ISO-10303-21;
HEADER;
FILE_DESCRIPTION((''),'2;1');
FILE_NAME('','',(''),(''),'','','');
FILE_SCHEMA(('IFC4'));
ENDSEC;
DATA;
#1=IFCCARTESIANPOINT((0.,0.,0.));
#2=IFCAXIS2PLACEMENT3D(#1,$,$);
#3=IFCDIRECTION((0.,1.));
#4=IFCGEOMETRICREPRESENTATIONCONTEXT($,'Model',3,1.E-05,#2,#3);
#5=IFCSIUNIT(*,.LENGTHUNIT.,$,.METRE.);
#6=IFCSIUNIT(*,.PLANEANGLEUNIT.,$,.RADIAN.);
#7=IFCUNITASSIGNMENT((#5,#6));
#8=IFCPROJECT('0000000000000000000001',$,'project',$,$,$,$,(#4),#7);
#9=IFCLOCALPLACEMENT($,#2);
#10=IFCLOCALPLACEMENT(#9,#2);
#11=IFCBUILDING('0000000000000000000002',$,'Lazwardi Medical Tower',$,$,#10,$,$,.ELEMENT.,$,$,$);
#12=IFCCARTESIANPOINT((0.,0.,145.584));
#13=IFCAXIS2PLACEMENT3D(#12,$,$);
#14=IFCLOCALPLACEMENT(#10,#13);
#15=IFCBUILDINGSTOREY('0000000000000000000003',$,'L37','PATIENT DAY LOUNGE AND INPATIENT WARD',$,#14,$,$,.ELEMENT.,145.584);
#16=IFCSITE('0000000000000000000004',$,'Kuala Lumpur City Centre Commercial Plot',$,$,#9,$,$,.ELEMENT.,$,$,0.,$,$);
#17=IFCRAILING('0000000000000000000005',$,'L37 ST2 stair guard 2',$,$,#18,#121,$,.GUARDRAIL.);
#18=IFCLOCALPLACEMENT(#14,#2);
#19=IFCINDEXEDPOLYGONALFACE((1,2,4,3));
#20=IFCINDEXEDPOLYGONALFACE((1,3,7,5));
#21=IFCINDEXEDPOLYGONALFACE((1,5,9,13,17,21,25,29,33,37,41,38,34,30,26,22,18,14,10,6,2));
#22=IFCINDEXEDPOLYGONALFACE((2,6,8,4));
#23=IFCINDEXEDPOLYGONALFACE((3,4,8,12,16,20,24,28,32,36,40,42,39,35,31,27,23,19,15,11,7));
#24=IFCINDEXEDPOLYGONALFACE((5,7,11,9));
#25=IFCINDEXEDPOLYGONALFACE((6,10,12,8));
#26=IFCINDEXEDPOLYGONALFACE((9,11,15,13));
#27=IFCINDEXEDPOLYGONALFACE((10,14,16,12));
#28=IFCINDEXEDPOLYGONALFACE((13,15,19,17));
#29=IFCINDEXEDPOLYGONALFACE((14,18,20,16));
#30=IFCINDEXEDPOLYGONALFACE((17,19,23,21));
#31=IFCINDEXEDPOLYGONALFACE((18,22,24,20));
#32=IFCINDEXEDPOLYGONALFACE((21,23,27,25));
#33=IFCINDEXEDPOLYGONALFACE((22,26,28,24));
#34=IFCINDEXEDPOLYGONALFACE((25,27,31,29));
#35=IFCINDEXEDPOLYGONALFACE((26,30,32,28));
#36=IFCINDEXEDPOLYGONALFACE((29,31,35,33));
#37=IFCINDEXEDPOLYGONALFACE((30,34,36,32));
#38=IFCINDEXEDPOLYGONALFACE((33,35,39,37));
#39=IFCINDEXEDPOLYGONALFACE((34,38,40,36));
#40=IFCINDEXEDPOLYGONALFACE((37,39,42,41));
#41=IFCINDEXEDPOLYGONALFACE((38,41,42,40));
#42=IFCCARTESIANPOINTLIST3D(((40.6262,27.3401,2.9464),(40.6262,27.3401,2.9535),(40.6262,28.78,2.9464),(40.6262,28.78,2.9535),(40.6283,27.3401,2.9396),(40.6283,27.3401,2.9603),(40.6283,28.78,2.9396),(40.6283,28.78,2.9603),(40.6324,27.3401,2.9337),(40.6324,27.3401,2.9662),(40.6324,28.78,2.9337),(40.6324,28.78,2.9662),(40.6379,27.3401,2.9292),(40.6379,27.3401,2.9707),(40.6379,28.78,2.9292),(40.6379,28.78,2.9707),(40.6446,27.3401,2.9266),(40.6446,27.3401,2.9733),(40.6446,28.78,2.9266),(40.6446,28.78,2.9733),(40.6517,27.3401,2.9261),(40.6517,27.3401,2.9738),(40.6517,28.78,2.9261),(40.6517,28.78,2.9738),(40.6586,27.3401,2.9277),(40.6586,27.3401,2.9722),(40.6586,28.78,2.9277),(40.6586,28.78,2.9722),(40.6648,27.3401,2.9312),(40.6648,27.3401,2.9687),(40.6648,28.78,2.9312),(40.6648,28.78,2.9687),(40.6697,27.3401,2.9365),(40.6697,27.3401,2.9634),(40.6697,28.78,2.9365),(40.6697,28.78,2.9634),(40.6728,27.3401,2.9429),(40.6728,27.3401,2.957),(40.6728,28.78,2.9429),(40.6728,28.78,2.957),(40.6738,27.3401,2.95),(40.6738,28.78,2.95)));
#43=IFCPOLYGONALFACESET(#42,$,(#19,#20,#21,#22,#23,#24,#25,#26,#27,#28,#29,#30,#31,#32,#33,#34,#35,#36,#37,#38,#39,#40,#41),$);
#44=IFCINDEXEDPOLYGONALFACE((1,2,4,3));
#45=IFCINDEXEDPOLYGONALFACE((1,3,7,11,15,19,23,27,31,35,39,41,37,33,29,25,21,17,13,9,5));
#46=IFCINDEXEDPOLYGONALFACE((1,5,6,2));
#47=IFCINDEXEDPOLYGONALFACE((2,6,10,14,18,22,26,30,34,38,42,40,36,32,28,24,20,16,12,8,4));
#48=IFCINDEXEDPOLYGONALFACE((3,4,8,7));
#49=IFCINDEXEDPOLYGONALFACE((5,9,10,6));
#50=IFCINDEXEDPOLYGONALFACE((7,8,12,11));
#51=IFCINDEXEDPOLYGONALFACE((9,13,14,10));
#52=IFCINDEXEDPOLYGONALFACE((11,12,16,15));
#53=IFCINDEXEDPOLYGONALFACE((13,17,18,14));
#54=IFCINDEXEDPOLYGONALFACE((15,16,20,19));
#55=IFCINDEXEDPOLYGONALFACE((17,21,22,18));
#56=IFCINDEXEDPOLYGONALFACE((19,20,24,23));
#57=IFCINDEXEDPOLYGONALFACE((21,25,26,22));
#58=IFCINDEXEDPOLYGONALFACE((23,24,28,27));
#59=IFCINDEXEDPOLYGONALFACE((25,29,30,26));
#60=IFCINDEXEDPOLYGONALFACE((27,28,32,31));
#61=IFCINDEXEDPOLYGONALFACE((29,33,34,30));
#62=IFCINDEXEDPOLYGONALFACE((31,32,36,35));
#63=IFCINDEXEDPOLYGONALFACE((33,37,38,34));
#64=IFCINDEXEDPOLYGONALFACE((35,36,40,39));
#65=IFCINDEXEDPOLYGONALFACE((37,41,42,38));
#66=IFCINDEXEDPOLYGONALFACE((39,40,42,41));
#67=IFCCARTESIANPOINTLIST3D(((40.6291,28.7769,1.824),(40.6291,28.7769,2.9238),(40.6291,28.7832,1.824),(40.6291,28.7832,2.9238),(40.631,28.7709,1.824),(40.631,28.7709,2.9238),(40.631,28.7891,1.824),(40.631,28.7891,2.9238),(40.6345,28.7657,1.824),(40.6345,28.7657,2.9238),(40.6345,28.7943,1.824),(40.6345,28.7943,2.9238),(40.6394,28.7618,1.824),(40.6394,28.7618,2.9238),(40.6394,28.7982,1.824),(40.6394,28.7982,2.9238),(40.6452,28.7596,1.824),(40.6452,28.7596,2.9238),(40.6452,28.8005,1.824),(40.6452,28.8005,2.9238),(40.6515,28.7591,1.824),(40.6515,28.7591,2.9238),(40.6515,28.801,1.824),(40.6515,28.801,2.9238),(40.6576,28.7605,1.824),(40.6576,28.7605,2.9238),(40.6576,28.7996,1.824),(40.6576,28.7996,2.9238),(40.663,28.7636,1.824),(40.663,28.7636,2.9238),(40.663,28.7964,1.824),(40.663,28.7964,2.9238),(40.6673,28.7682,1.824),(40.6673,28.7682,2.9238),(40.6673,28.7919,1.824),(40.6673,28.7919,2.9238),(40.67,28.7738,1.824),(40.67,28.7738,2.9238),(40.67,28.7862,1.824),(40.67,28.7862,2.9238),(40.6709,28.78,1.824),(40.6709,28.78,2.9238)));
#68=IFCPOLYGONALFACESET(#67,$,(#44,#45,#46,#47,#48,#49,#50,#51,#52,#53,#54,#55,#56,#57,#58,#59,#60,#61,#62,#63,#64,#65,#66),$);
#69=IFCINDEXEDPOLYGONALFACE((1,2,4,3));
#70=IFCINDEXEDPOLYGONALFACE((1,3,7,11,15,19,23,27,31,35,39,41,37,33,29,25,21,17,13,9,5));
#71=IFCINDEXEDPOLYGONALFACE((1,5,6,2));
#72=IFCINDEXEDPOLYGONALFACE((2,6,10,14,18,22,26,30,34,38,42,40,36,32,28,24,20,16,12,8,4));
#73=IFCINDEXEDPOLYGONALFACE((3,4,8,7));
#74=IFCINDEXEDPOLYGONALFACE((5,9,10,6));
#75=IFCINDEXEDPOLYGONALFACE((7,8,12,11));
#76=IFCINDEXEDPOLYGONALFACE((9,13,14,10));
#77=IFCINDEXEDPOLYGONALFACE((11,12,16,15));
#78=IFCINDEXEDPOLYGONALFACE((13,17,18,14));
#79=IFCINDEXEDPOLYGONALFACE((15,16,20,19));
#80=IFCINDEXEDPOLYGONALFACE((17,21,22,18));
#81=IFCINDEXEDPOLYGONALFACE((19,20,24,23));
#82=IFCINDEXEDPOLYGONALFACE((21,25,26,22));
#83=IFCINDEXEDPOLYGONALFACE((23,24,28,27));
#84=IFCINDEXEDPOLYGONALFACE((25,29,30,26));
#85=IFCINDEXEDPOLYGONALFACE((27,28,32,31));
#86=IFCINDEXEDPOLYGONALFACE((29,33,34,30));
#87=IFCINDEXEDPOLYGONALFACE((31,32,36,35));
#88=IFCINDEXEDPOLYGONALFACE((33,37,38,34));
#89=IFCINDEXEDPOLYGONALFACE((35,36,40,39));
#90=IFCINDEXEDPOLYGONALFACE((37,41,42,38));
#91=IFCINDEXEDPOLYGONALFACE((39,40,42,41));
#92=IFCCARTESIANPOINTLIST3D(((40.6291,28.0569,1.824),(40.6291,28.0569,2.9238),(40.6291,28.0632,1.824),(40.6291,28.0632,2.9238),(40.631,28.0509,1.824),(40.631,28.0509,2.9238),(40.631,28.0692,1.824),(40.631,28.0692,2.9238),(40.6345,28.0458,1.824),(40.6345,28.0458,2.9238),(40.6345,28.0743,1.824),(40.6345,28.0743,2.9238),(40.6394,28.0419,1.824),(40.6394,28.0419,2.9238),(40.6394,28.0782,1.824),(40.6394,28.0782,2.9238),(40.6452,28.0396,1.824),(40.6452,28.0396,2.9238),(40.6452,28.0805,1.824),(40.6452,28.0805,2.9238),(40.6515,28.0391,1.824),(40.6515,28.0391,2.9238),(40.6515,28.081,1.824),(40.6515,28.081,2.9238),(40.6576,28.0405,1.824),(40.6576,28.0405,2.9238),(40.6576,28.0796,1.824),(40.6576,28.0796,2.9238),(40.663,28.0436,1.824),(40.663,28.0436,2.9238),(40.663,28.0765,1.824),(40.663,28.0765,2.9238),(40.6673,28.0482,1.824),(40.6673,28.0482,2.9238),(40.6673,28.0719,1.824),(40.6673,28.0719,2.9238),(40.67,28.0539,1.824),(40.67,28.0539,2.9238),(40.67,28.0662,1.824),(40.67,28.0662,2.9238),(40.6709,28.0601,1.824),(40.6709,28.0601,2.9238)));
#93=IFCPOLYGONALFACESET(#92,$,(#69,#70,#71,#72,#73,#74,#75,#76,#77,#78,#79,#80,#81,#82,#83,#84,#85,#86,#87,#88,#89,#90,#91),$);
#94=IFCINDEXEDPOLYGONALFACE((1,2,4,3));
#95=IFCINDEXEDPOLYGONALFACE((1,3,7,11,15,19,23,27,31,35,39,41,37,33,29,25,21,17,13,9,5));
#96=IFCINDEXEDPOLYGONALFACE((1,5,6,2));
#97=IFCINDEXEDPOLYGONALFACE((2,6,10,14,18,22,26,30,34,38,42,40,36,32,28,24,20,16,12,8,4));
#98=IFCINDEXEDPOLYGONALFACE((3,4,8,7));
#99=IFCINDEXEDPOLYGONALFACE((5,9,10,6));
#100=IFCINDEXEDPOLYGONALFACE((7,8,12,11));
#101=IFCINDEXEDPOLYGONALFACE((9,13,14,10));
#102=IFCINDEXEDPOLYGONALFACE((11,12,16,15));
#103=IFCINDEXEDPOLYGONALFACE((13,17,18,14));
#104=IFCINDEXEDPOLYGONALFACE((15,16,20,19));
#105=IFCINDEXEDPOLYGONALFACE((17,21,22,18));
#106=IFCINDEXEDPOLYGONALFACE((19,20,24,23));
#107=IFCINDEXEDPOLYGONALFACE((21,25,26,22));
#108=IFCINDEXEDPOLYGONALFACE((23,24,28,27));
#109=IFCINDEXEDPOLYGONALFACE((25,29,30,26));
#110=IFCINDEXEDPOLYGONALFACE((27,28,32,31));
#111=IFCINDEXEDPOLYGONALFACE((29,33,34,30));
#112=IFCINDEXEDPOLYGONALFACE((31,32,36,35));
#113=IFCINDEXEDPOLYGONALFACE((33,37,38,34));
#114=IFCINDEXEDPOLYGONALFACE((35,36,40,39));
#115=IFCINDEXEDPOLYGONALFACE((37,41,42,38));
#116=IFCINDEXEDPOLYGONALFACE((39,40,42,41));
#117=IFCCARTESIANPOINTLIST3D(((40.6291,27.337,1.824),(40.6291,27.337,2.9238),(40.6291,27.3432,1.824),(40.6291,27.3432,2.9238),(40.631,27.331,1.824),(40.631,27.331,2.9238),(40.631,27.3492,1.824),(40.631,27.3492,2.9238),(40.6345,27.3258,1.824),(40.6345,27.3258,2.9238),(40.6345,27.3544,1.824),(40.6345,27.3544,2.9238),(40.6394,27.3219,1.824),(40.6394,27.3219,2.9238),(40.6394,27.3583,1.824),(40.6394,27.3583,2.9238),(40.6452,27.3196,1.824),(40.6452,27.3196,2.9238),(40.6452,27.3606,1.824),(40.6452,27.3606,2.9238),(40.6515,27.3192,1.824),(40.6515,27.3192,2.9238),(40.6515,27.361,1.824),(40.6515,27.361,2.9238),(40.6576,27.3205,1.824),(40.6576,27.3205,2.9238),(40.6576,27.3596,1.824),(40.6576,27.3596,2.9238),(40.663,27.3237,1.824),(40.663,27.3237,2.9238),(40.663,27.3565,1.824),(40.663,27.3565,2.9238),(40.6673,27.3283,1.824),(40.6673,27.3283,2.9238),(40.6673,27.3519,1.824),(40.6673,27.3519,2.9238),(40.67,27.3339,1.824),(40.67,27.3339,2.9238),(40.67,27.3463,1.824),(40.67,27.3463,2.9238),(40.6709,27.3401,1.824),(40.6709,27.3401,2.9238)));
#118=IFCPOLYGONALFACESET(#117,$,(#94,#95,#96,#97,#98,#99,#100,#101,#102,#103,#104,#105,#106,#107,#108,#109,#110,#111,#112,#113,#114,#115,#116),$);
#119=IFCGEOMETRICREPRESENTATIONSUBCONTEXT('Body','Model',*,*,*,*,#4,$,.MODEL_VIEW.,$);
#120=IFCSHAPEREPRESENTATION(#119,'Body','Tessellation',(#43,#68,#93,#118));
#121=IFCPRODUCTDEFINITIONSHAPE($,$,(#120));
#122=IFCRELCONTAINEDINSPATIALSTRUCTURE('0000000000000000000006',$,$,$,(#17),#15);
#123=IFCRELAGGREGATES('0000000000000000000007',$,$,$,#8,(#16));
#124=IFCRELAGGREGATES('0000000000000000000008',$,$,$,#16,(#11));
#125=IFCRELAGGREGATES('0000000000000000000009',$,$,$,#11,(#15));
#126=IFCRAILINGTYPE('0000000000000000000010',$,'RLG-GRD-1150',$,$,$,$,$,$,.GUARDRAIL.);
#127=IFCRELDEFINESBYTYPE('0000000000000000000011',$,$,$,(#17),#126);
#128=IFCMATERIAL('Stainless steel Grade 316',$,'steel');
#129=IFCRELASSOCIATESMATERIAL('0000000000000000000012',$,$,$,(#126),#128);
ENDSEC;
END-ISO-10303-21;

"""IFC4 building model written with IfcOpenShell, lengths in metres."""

from ifc_helpers import new_model, si_unit, direction, frame, origin, origin_2d, place, context, subcontext, project, spatial, circle, extrude, material, type_object, element, save


model = new_model("IFC4")

# Units and contexts
model_context = context("Model", 3, precision=1e-05, world=origin(), true_north=direction((0.0, 1.0)))
body_context = subcontext(model_context, "Body", "Model", "MODEL_VIEW")
ifc_project = project(units=[si_unit("LENGTHUNIT", "METRE"), si_unit("PLANEANGLEUNIT", "RADIAN")], contexts=[model_context])

# Site, building, storey
site_placement = place(None, origin())
site = spatial("IfcSite", under=ifc_project, at=site_placement, Name="Kuala Lumpur City Centre Commercial Plot", CompositionType="ELEMENT", RefElevation=0.0)
building_placement = place(site_placement, origin())
building = spatial("IfcBuilding", under=site, at=building_placement, Name="Lazwardi Medical Tower", CompositionType="ELEMENT")
storey_placement = place(building_placement, frame((0.0, 0.0, 145.584)))
storey = spatial("IfcBuildingStorey", under=building, at=storey_placement, Name="L37", Description="PATIENT DAY LOUNGE AND INPATIENT WARD", CompositionType="ELEMENT", Elevation=145.584)

# Railing
ifc_material_1 = material(Name="Stainless steel Grade 316", Category="steel")
railing_type_1 = type_object("IfcRailingType", Name="RLG-GRD-1150", PredefinedType="GUARDRAIL", material=ifc_material_1)
railing_1_placement = place(storey_placement, frame((40.6499, 28.78, 1.824)))
element("IfcRailing", 1, at=railing_1_placement, inside=storey, type_object=railing_type_1, Name="L37 ST2 stair guard 2", PredefinedType="GUARDRAIL", context=body_context, shape_type="SweptSolid", body=[
    extrude(circle(Radius=0.0239, at=origin_2d()), frame((0.0, 0.0, 1.126), z_axis=(0.0, -1.0, 0.0), x_axis=(1.0, 0.0, 0.0)), (0.0, 0.0, 1.0), 1.4399),
    extrude(circle(Radius=0.021, at=origin_2d()), origin(), (0.0, 0.0, 1.0), 1.0999),
    extrude(circle(Radius=0.021, at=origin_2d()), frame((0.0, -0.72, 0.0)), (0.0, 0.0, 1.0), 1.0999),
    extrude(circle(Radius=0.021, at=origin_2d()), frame((0.0, -1.4399, 0.0)), (0.0, 0.0, 1.0), 1.0999),
])

save(model, "model.ifc")
